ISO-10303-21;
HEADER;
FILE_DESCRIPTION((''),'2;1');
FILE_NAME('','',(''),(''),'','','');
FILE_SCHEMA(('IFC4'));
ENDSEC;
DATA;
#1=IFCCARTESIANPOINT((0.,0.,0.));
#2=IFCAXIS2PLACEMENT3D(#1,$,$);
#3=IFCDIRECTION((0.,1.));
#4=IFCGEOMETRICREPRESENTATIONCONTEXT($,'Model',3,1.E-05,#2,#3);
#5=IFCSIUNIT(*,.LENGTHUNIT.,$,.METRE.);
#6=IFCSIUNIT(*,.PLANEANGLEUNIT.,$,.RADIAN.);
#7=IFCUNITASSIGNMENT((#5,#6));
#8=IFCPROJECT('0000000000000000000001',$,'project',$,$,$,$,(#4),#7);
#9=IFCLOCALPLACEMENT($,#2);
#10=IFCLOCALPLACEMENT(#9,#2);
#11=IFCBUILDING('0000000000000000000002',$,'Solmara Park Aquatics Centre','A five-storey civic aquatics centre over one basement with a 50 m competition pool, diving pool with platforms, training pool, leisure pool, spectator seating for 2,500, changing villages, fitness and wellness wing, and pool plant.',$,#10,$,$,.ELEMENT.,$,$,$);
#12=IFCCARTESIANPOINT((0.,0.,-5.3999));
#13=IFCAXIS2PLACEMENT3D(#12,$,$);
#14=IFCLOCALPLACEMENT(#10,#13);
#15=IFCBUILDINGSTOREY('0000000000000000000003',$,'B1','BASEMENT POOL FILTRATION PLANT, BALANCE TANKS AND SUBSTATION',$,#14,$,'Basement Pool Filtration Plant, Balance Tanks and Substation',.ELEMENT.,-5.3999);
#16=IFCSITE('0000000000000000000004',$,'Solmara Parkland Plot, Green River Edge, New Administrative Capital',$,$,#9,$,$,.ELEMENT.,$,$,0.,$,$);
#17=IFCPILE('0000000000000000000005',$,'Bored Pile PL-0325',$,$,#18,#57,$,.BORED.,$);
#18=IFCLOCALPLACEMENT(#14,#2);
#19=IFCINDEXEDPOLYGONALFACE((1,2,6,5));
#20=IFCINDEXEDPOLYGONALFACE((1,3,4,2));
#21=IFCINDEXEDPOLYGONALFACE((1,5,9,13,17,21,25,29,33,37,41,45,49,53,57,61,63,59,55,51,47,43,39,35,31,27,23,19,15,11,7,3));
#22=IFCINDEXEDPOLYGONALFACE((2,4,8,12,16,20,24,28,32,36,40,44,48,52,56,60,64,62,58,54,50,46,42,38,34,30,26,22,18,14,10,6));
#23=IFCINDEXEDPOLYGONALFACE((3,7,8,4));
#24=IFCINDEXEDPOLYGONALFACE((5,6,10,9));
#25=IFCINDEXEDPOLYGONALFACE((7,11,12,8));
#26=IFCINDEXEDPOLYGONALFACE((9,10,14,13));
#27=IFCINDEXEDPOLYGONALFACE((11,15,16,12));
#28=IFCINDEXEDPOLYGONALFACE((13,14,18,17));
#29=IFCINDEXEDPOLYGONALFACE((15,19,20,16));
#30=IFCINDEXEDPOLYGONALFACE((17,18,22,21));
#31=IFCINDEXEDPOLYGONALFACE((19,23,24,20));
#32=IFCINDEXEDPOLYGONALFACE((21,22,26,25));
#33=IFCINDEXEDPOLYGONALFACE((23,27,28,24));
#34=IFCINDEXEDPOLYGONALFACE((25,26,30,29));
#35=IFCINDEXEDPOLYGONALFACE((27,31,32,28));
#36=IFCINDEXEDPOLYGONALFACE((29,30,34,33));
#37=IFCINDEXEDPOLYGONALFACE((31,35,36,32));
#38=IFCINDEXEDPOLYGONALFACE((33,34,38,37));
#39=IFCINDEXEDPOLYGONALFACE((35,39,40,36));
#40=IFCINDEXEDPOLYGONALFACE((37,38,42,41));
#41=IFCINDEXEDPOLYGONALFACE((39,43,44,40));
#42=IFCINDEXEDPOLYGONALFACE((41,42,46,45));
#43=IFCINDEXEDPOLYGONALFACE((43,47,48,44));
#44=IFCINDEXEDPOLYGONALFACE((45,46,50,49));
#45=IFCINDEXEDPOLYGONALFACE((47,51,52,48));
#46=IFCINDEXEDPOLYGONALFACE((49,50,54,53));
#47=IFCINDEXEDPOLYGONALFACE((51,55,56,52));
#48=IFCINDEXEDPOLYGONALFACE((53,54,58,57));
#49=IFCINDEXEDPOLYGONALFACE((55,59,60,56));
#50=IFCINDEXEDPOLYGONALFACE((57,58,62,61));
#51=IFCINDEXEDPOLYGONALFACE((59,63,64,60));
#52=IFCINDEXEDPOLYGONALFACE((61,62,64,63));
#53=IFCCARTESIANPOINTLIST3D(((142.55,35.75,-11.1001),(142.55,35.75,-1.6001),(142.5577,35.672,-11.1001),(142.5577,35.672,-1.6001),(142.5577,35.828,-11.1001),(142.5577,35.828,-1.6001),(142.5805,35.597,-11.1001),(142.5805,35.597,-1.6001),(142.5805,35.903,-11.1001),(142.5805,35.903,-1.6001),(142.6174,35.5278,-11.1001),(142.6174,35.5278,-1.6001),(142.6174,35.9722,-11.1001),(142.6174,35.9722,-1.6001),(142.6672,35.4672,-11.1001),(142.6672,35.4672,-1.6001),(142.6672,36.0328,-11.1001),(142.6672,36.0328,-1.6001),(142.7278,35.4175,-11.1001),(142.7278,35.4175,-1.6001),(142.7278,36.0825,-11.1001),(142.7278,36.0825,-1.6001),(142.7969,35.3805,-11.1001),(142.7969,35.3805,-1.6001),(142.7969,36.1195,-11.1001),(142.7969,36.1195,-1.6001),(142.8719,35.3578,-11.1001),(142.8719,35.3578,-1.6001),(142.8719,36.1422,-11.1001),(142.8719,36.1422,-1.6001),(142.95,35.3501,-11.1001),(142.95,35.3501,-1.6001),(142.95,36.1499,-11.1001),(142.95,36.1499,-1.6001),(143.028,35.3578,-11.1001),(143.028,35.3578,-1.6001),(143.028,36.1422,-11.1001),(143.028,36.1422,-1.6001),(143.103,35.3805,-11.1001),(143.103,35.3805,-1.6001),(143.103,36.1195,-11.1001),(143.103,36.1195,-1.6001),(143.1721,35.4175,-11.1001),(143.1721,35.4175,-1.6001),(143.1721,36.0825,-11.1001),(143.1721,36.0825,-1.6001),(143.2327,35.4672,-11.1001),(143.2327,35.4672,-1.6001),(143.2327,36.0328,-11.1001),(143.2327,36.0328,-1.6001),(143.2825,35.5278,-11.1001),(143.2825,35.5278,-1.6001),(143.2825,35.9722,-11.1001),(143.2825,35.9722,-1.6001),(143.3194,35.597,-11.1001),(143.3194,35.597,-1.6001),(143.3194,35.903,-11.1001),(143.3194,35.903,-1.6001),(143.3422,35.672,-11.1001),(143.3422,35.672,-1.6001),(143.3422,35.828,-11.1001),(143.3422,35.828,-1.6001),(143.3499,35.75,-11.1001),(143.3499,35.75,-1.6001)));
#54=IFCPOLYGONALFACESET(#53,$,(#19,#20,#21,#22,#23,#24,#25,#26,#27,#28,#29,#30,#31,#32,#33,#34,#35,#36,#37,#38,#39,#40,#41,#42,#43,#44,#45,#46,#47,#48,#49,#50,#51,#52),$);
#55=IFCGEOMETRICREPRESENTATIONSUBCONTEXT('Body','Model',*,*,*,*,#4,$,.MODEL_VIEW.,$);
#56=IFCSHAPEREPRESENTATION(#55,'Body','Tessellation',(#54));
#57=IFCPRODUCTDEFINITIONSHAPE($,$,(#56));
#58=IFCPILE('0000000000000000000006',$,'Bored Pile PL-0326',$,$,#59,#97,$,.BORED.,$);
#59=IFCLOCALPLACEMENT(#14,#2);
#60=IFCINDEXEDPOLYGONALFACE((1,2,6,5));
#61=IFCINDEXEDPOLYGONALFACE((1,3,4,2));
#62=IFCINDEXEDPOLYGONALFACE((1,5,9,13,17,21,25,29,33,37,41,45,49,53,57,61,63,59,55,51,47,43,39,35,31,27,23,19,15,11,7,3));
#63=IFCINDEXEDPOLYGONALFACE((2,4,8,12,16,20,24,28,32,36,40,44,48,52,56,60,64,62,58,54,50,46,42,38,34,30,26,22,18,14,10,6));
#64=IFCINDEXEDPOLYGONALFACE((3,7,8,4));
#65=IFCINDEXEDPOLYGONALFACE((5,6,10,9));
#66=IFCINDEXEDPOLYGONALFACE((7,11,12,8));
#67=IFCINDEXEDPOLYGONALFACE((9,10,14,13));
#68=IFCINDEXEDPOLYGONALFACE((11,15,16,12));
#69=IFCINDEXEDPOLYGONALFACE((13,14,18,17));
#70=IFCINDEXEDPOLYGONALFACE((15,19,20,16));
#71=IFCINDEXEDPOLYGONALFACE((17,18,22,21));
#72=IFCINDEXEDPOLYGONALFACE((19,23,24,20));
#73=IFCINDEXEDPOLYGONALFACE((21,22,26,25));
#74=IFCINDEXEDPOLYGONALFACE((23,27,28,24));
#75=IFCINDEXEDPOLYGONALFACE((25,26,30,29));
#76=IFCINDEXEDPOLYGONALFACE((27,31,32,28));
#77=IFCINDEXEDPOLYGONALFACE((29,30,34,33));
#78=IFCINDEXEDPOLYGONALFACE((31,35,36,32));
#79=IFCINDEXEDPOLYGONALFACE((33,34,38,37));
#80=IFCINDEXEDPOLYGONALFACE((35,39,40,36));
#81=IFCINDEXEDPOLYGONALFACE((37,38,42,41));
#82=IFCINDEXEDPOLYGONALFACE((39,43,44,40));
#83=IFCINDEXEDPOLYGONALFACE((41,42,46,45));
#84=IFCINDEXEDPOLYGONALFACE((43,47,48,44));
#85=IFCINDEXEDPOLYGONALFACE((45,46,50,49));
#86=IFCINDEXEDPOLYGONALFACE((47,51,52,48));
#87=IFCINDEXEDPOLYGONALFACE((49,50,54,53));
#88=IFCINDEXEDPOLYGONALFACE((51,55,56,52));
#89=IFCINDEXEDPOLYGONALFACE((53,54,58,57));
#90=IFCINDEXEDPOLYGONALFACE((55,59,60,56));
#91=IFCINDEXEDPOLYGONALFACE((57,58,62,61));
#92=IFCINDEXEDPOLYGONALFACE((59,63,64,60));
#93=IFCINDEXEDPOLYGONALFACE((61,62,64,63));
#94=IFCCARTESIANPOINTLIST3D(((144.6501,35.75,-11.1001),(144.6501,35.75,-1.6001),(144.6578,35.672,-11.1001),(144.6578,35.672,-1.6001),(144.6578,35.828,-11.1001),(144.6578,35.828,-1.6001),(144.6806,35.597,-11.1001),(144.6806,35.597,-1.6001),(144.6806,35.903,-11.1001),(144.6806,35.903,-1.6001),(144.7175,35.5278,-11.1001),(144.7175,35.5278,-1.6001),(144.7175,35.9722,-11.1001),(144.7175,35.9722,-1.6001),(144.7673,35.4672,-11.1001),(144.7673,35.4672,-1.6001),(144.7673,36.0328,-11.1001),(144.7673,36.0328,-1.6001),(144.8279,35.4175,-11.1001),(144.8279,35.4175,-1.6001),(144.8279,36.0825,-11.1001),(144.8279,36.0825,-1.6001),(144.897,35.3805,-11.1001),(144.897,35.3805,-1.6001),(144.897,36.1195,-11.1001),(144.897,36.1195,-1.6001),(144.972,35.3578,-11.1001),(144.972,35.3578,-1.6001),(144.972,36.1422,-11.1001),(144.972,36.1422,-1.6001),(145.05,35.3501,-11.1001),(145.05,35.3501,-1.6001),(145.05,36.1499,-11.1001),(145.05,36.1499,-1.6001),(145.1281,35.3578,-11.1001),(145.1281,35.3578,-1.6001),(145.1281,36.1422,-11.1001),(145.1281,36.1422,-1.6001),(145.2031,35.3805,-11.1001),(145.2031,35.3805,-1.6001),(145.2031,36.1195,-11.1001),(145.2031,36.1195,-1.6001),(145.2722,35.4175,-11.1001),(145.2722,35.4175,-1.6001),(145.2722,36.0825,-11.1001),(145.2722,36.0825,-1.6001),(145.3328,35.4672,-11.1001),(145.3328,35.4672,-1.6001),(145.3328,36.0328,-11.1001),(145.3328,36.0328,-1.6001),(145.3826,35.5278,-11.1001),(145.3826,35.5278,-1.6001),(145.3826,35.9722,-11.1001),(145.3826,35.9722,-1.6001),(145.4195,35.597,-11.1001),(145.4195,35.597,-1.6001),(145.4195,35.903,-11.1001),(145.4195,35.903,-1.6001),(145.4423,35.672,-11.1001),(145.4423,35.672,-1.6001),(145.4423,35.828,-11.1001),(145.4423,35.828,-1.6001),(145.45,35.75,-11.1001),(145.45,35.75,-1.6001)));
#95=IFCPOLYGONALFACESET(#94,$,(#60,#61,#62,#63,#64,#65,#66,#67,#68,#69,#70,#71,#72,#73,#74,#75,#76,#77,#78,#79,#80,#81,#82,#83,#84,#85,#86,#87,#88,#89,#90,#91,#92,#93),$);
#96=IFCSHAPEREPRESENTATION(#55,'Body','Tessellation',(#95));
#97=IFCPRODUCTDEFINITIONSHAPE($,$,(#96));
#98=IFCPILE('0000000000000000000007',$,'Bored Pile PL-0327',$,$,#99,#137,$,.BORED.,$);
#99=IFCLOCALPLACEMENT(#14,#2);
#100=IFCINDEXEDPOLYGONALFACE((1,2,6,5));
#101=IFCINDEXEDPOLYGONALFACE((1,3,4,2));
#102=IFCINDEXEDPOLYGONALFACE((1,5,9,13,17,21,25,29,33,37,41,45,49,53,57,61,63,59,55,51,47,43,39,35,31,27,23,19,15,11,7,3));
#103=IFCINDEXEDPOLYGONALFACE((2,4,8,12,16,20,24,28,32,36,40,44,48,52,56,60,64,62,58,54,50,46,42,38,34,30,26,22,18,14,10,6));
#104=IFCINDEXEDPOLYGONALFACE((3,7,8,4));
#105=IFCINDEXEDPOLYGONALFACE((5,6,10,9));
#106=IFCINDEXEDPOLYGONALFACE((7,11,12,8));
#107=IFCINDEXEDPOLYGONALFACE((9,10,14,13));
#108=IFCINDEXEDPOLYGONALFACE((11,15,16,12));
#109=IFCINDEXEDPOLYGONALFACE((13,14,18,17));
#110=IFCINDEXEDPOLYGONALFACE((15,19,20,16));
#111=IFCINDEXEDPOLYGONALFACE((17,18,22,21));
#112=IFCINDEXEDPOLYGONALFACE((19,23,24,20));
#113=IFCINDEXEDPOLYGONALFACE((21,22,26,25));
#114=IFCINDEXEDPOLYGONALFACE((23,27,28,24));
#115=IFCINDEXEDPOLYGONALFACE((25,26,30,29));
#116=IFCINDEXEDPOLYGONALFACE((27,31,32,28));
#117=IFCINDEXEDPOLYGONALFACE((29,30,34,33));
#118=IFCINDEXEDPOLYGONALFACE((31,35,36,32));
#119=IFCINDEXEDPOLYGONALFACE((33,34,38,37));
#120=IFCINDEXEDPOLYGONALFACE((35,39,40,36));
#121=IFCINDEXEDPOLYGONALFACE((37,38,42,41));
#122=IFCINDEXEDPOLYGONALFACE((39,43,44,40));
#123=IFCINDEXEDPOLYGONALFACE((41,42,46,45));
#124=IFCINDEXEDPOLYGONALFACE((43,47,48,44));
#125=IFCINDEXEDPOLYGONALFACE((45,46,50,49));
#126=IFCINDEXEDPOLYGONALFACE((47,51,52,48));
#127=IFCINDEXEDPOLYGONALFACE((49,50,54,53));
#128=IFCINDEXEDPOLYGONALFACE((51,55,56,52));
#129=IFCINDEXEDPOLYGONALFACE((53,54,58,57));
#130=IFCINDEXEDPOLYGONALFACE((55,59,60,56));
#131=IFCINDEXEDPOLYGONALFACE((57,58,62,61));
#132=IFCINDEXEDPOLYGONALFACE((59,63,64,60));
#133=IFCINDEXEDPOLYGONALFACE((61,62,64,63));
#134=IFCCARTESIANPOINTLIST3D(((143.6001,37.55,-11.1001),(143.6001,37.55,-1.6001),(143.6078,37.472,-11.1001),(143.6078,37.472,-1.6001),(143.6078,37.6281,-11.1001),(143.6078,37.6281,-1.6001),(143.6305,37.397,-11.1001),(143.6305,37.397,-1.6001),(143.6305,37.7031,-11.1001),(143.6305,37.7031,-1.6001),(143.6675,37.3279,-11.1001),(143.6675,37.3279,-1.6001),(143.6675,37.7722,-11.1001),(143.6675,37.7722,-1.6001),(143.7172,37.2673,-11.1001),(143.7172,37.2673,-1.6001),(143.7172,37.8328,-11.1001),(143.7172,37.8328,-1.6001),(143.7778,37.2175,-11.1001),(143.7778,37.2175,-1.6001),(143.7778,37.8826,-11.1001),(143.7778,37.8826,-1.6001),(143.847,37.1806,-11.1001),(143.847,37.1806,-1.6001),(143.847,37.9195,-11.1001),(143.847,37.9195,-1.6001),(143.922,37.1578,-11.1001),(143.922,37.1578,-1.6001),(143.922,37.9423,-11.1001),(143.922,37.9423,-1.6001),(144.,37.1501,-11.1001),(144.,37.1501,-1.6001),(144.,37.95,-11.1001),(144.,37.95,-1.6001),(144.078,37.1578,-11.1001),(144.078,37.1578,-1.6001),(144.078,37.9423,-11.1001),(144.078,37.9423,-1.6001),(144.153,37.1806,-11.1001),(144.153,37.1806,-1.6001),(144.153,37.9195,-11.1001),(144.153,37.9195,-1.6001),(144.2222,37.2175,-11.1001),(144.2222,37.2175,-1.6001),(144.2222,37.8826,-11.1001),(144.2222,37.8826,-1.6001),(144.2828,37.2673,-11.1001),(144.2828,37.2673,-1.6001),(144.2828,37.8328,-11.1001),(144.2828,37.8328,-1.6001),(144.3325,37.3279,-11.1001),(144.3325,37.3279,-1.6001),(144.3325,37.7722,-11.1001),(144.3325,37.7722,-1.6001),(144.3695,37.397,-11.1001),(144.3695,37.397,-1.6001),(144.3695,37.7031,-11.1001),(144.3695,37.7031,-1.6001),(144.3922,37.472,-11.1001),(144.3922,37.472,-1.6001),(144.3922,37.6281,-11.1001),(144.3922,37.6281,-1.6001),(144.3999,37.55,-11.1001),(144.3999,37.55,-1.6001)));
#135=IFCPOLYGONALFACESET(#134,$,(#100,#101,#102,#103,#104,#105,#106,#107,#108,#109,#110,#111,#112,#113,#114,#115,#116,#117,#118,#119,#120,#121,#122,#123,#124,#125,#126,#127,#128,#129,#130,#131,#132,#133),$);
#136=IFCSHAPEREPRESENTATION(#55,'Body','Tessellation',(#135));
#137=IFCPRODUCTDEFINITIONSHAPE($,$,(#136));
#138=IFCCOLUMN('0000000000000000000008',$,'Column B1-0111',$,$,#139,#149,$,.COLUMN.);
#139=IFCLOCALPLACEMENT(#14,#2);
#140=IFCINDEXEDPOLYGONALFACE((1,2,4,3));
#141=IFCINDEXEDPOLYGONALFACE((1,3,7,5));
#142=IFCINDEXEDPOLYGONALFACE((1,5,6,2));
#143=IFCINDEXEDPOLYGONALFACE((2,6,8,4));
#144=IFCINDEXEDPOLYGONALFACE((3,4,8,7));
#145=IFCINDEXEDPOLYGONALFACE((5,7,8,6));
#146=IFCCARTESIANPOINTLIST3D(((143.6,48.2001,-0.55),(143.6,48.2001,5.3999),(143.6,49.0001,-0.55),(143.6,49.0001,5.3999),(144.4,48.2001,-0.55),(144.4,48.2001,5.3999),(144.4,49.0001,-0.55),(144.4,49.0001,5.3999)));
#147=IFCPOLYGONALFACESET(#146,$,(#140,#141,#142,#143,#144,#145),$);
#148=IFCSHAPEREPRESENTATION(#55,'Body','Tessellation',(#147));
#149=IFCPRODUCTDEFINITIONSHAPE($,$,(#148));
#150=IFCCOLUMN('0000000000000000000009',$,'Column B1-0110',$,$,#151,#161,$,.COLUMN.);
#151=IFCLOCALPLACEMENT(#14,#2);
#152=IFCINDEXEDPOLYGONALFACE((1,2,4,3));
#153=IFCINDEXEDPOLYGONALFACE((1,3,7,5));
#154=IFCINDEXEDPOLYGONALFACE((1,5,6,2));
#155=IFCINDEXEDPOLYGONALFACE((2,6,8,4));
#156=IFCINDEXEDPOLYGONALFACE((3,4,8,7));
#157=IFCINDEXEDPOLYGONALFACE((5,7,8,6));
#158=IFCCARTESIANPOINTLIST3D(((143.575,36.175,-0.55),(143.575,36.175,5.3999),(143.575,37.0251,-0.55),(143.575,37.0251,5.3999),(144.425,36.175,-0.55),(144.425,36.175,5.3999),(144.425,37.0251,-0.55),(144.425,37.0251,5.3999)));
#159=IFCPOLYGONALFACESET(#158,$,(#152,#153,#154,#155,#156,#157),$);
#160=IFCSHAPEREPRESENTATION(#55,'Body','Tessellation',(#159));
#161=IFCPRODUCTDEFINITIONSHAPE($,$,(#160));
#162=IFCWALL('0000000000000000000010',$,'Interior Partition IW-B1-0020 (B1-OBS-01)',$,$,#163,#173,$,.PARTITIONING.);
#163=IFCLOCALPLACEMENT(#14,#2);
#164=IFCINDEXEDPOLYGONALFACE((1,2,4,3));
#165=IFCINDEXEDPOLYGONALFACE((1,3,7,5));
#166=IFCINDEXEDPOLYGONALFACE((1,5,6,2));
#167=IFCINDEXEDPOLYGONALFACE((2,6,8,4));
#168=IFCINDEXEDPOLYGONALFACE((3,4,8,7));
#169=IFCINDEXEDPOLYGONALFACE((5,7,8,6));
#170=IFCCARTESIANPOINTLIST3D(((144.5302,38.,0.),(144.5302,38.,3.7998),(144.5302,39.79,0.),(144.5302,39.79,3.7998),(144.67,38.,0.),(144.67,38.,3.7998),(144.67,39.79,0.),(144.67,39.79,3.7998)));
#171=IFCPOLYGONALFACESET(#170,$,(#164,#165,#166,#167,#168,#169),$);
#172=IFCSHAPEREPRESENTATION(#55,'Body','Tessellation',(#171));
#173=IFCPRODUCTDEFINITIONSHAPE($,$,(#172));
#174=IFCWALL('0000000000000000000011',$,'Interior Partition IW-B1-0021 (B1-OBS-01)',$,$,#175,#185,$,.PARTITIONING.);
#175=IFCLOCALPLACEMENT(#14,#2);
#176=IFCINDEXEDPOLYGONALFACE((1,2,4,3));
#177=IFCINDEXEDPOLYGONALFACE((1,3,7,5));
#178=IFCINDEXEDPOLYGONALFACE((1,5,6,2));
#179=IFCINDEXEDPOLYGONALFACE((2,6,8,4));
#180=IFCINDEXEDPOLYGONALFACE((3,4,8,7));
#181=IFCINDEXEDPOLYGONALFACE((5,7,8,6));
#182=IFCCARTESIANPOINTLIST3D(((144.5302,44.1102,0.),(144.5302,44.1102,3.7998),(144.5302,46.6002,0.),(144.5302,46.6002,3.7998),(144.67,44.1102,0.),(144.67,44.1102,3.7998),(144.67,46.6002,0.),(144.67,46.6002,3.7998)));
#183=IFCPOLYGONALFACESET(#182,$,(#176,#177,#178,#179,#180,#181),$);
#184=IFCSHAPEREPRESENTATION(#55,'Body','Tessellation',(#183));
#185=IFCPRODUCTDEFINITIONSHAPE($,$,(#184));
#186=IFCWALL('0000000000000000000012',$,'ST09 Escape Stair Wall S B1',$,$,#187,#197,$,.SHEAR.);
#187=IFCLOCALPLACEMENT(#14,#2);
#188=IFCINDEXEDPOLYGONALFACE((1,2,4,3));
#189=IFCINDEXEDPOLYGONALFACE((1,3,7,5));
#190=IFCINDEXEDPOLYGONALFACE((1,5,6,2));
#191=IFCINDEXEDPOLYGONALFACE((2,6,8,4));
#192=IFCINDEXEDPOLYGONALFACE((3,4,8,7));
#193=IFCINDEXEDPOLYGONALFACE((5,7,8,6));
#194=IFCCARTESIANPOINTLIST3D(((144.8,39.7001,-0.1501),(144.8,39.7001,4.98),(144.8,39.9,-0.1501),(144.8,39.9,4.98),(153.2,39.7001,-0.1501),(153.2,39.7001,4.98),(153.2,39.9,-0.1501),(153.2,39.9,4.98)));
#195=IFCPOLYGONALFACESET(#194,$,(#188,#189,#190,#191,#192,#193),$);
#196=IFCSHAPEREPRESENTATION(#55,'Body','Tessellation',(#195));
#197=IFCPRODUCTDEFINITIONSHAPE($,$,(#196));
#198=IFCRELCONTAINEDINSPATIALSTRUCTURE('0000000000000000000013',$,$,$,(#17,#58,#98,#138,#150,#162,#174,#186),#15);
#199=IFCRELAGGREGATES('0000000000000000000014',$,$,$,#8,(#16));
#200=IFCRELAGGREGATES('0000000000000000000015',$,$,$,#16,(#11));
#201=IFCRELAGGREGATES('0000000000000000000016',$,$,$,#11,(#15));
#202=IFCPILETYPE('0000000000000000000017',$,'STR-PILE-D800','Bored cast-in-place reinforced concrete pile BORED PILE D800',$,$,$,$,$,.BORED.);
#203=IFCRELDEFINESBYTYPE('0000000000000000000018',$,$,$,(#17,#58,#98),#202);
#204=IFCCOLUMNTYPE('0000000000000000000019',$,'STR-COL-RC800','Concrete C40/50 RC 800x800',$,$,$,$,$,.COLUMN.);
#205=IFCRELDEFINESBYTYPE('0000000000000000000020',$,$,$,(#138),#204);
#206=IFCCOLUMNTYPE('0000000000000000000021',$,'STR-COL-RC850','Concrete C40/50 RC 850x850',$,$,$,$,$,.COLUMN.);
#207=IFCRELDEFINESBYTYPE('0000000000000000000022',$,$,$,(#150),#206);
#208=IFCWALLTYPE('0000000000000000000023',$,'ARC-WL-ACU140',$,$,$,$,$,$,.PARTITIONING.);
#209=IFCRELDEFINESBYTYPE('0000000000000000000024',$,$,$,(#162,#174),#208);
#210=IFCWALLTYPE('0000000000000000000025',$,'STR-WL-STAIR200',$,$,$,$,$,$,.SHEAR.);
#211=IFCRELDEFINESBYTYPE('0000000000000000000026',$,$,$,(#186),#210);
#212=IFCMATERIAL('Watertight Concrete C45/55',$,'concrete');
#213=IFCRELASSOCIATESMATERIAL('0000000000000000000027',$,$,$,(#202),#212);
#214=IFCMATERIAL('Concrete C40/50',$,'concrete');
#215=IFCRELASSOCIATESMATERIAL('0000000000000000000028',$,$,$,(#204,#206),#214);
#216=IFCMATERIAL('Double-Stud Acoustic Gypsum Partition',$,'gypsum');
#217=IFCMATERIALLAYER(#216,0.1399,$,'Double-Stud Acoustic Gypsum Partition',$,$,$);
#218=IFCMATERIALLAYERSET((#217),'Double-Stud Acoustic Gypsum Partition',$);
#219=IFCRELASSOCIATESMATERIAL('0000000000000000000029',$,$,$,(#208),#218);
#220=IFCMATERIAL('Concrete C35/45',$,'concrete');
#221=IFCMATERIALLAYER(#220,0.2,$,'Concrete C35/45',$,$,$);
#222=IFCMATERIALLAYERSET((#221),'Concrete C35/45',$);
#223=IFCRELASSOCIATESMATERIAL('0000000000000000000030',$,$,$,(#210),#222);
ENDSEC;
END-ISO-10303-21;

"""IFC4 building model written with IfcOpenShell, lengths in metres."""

from ifc_helpers import new_model, si_unit, direction, frame, frame_2d, origin, origin_2d, place, context, subcontext, project, spatial, rectangle, circle, extrude, material, layer, layer_set, material_profile, profile_set, type_object, element, save


model = new_model("IFC4")

# Units and contexts
model_context = context("Model", 3, precision=1e-05, world=origin(), true_north=direction((0.0, 1.0)))
body_context = subcontext(model_context, "Body", "Model", "MODEL_VIEW")
ifc_project = project(units=[si_unit("LENGTHUNIT", "METRE"), si_unit("PLANEANGLEUNIT", "RADIAN")], contexts=[model_context])

# Site, building, storey
site_placement = place(None, origin())
site = spatial("IfcSite", under=ifc_project, at=site_placement, Name="Solmara Parkland Plot, Green River Edge, New Administrative Capital", CompositionType="ELEMENT", RefElevation=0.0)
building_placement = place(site_placement, origin())
building = spatial("IfcBuilding", under=site, at=building_placement, Name="Solmara Park Aquatics Centre", Description="A five-storey civic aquatics centre over one basement with a 50 m competition pool, diving pool with platforms, training pool, leisure pool, spectator seating for 2,500, changing villages, fitness and wellness wing, and pool plant.", CompositionType="ELEMENT")
storey_placement = place(building_placement, frame((0.0, 0.0, -5.3999)))
storey = spatial("IfcBuildingStorey", under=building, at=storey_placement, Name="B1", Description="BASEMENT POOL FILTRATION PLANT, BALANCE TANKS AND SUBSTATION", LongName="Basement Pool Filtration Plant, Balance Tanks and Substation", CompositionType="ELEMENT", Elevation=-5.3999)

# Shared definitions
ifc_material_1 = material(Name="Watertight Concrete C45/55", Category="concrete")

# Piles
ifc_material_profile_1 = material_profile(ifc_material_1, circle(Radius=0.3999, at=origin_2d()), Name="BORED PILE D800")
ifc_profile_set_1 = profile_set([ifc_material_profile_1], Name="Watertight Concrete C45/55")
pile_type_1 = type_object("IfcPileType", Name="STR-PILE-D800", Description="Bored cast-in-place reinforced concrete pile BORED PILE D800", PredefinedType="BORED", material=ifc_profile_set_1)
for number, where, z_axis, x_axis, name in (
    (1, (142.95, 35.75, -1.6001), (0.0, 0.0, -1.0), (1.0, 0.0, 0.0), "Bored Pile PL-0325"),
    (2, (145.05, 35.75, -1.6001), (0.0, 0.0, -1.0), (1.0, 0.0, 0.0), "Bored Pile PL-0326"),
    (3, (144.0, 37.55, -1.6001), (0.0, 0.0, -1.0), (1.0, 0.0, 0.0), "Bored Pile PL-0327"),
):
    element("IfcPile", number, at=place(storey_placement, frame(where, z_axis=z_axis, x_axis=x_axis)), inside=storey, type_object=pile_type_1, Name=name, PredefinedType="BORED", context=body_context, shape_type="SweptSolid", body=[
        extrude(circle(Radius=0.3999, at=origin_2d()), origin(), (0.0, 0.0, 1.0), 9.5),
    ])

# Columns
ifc_material_2 = material(Name="Concrete C40/50", Category="concrete")
ifc_material_profile_2 = material_profile(ifc_material_2, rectangle(XDim=0.8, YDim=0.8, at=origin_2d()), Name="RC 800x800")
ifc_profile_set_2 = profile_set([ifc_material_profile_2], Name="Concrete C40/50")
column_type_1 = type_object("IfcColumnType", Name="STR-COL-RC800", Description="Concrete C40/50 RC 800x800", PredefinedType="COLUMN", material=ifc_profile_set_2)
column_1_placement = place(storey_placement, frame((144.0, 48.6001, -0.55), z_axis=(0.0, 0.0, 1.0), x_axis=(1.0, 0.0, 0.0)))
element("IfcColumn", 4, at=column_1_placement, inside=storey, type_object=column_type_1, Name="Column B1-0111", PredefinedType="COLUMN", context=body_context, shape_type="SweptSolid", body=[
    extrude(rectangle(XDim=0.8, YDim=0.8, at=origin_2d()), origin(), (0.0, 0.0, 1.0), 5.95),
])
ifc_material_profile_3 = material_profile(ifc_material_2, rectangle(XDim=0.8501, YDim=0.8501, at=origin_2d()), Name="RC 850x850")
ifc_profile_set_3 = profile_set([ifc_material_profile_3], Name="Concrete C40/50")
column_type_2 = type_object("IfcColumnType", Name="STR-COL-RC850", Description="Concrete C40/50 RC 850x850", PredefinedType="COLUMN", material=ifc_profile_set_3)
column_2_placement = place(storey_placement, frame((144.0, 36.6001, -0.55), z_axis=(0.0, 0.0, 1.0), x_axis=(1.0, 0.0, 0.0)))
element("IfcColumn", 5, at=column_2_placement, inside=storey, type_object=column_type_2, Name="Column B1-0110", PredefinedType="COLUMN", context=body_context, shape_type="SweptSolid", body=[
    extrude(rectangle(XDim=0.8501, YDim=0.8501, at=origin_2d()), origin(), (0.0, 0.0, 1.0), 5.95),
])

# Walls
ifc_material_3 = material(Name="Double-Stud Acoustic Gypsum Partition", Category="gypsum")
ifc_layer_1 = layer(ifc_material_3, 0.1399, Name="Double-Stud Acoustic Gypsum Partition")
ifc_layer_set_1 = layer_set([ifc_layer_1], Name="Double-Stud Acoustic Gypsum Partition")
wall_type_1 = type_object("IfcWallType", Name="ARC-WL-ACU140", PredefinedType="PARTITIONING", material=ifc_layer_set_1)
wall_1_placement = place(storey_placement, frame((144.6001, 38.0, 0.0), z_axis=(0.0, 0.0, 1.0), x_axis=(0.0, 1.0, 0.0)))
element("IfcWall", 6, at=wall_1_placement, inside=storey, type_object=wall_type_1, Name="Interior Partition IW-B1-0020 (B1-OBS-01)", PredefinedType="PARTITIONING", context=body_context, shape_type="SweptSolid", body=[
    extrude(rectangle(XDim=1.79, YDim=0.1399, at=frame_2d((0.895, 0.0))), origin(), (0.0, 0.0, 1.0), 3.7998),
])
wall_2_placement = place(storey_placement, frame((144.6001, 44.1101, 0.0), z_axis=(0.0, 0.0, 1.0), x_axis=(0.0, 1.0, 0.0)))
element("IfcWall", 7, at=wall_2_placement, inside=storey, type_object=wall_type_1, Name="Interior Partition IW-B1-0021 (B1-OBS-01)", PredefinedType="PARTITIONING", context=body_context, shape_type="SweptSolid", body=[
    extrude(rectangle(XDim=2.49, YDim=0.1399, at=frame_2d((1.2451, 0.0))), origin(), (0.0, 0.0, 1.0), 3.7998),
])
ifc_material_4 = material(Name="Concrete C35/45", Category="concrete")
ifc_layer_2 = layer(ifc_material_4, 0.2, Name="Concrete C35/45")
ifc_layer_set_2 = layer_set([ifc_layer_2], Name="Concrete C35/45")
wall_type_2 = type_object("IfcWallType", Name="STR-WL-STAIR200", PredefinedType="SHEAR", material=ifc_layer_set_2)
wall_3_placement = place(storey_placement, frame((144.8, 39.8, -0.1501), z_axis=(0.0, 0.0, 1.0), x_axis=(1.0, 0.0, 0.0)))
element("IfcWall", 8, at=wall_3_placement, inside=storey, type_object=wall_type_2, Name="ST09 Escape Stair Wall S B1", PredefinedType="SHEAR", context=body_context, shape_type="SweptSolid", body=[
    extrude(rectangle(XDim=8.3999, YDim=0.2, at=frame_2d((4.2, 0.0))), origin(), (0.0, 0.0, 1.0), 5.1301),
])

save(model, "model.ifc")
